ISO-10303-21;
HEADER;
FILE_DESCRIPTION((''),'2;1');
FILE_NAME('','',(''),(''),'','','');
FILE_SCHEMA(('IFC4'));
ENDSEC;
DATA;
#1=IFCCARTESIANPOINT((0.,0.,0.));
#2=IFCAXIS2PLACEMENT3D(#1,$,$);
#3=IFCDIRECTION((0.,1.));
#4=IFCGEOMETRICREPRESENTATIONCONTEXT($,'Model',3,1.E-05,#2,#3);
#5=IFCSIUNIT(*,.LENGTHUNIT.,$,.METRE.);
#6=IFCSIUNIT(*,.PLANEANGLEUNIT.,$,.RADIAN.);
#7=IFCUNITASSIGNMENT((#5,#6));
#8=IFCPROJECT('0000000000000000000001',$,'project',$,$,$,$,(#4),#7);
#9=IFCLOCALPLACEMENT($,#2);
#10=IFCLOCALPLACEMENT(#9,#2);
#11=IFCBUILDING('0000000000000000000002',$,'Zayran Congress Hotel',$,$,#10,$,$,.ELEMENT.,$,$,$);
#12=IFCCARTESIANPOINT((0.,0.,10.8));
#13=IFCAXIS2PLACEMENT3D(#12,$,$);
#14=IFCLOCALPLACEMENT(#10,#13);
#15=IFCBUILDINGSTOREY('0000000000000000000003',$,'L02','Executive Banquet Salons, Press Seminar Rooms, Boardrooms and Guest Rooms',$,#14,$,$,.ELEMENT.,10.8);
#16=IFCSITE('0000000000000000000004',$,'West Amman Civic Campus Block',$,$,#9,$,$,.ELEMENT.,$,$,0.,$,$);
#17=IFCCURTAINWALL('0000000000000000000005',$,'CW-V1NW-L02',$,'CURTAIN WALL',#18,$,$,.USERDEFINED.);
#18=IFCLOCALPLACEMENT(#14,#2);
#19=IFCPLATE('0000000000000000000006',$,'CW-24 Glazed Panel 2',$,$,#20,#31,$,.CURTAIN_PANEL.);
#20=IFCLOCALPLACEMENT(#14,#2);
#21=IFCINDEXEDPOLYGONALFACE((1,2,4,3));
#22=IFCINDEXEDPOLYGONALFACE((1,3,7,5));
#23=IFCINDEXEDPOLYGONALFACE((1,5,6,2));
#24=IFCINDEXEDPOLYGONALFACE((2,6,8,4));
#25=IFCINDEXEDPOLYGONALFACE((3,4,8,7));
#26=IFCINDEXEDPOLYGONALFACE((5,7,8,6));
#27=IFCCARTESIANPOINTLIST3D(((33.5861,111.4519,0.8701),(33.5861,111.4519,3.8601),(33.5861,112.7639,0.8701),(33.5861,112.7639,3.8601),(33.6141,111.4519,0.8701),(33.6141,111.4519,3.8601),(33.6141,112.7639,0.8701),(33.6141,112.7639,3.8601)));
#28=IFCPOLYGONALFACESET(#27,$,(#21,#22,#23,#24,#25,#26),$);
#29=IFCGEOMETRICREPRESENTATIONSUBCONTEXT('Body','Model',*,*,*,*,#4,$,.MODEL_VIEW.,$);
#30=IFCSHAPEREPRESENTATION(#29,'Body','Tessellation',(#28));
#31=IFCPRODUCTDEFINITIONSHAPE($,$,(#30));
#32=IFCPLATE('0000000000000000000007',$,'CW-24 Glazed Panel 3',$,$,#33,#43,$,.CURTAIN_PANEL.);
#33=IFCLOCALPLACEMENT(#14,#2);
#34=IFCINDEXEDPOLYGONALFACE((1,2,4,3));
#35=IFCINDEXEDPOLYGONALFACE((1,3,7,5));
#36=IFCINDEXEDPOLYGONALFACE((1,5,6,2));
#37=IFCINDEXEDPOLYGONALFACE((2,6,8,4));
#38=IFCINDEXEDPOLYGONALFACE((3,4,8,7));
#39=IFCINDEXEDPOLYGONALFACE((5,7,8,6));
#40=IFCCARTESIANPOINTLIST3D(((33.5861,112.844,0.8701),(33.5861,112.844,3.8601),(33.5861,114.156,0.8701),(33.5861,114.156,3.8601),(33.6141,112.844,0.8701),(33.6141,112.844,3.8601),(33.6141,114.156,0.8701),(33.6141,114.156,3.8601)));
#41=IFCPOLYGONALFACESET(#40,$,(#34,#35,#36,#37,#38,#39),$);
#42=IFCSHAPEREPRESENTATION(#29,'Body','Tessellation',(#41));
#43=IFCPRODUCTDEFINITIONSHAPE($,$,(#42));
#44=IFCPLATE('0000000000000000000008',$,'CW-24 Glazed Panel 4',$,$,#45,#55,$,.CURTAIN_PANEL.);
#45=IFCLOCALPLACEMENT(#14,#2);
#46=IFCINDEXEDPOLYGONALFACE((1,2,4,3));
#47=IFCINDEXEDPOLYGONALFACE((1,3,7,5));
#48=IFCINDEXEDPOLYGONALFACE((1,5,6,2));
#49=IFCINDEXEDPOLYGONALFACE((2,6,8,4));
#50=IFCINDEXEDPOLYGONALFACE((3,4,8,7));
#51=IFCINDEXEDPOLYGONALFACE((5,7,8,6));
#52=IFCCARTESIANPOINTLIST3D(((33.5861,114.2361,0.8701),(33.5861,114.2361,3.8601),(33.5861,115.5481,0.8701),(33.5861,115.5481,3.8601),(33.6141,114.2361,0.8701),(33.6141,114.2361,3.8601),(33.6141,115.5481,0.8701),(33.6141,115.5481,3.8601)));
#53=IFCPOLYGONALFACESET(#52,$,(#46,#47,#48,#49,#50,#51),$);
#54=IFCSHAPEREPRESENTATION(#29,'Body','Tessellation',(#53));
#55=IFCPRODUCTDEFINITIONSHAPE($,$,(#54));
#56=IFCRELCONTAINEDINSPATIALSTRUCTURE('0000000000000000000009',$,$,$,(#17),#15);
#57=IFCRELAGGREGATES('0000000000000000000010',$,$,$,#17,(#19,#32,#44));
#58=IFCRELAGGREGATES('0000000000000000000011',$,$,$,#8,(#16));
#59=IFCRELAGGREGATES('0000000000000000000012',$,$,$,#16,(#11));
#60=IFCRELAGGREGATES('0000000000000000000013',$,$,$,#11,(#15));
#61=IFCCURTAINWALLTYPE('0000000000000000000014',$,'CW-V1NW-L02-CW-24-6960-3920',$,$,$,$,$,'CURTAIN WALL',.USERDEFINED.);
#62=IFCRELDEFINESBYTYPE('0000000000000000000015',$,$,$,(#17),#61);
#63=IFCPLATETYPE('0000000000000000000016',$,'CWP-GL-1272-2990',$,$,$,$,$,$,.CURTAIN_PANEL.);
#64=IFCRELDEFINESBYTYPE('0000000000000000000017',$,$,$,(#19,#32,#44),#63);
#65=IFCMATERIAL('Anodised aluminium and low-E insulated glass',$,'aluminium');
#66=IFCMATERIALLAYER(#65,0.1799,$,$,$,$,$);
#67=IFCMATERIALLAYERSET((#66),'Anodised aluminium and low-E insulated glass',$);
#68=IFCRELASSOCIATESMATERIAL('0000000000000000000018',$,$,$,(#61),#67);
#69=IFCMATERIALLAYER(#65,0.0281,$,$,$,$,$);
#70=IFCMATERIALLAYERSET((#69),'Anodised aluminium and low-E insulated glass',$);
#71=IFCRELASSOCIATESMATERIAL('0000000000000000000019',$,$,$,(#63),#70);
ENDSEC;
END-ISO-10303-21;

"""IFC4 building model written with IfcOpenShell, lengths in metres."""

from ifc_helpers import new_model, si_unit, direction, frame, origin, origin_2d, place, context, subcontext, project, spatial, rectangle, extrude, material, layer, layer_set, type_object, element, aggregate, save


model = new_model("IFC4")

# Units and contexts
model_context = context("Model", 3, precision=1e-05, world=origin(), true_north=direction((0.0, 1.0)))
body_context = subcontext(model_context, "Body", "Model", "MODEL_VIEW")
ifc_project = project(units=[si_unit("LENGTHUNIT", "METRE"), si_unit("PLANEANGLEUNIT", "RADIAN")], contexts=[model_context])

# Site, building, storey
site_placement = place(None, origin())
site = spatial("IfcSite", under=ifc_project, at=site_placement, Name="West Amman Civic Campus Block", CompositionType="ELEMENT", RefElevation=0.0)
building_placement = place(site_placement, origin())
building = spatial("IfcBuilding", under=site, at=building_placement, Name="Zayran Congress Hotel", CompositionType="ELEMENT")
storey_placement = place(building_placement, frame((0.0, 0.0, 10.8)))
storey = spatial("IfcBuildingStorey", under=building, at=storey_placement, Name="L02", Description="Executive Banquet Salons, Press Seminar Rooms, Boardrooms and Guest Rooms", CompositionType="ELEMENT", Elevation=10.8)

# Curtain wall, plates
ifc_material_1 = material(Name="Anodised aluminium and low-E insulated glass", Category="aluminium")
ifc_layer_1 = layer(ifc_material_1, 0.1799)
ifc_layer_set_1 = layer_set([ifc_layer_1], Name="Anodised aluminium and low-E insulated glass")
curtain_wall_type = type_object("IfcCurtainWallType", Name="CW-V1NW-L02-CW-24-6960-3920", ElementType="CURTAIN WALL", PredefinedType="USERDEFINED", material=ifc_layer_set_1)
curtain_wall_placement = place(storey_placement, origin())
curtain_wall = element("IfcCurtainWall", 1, at=curtain_wall_placement, inside=storey, type_object=curtain_wall_type, Name="CW-V1NW-L02", ObjectType="CURTAIN WALL", PredefinedType="USERDEFINED")
ifc_layer_2 = layer(ifc_material_1, 0.0281)
ifc_layer_set_2 = layer_set([ifc_layer_2], Name="Anodised aluminium and low-E insulated glass")
plate_type_1 = type_object("IfcPlateType", Name="CWP-GL-1272-2990", PredefinedType="CURTAIN_PANEL", material=ifc_layer_set_2)
plate_1_placement = place(storey_placement, frame((33.6001, 112.1079, 0.8701), z_axis=(0.0, 0.0, 1.0), x_axis=(0.0, 1.0, 0.0)))
plate_1 = element("IfcPlate", 2, at=plate_1_placement, type_object=plate_type_1, Name="CW-24 Glazed Panel 2", PredefinedType="CURTAIN_PANEL", context=body_context, shape_type="SweptSolid", body=[
    extrude(rectangle(XDim=1.312, YDim=0.0281, at=origin_2d()), origin(), (0.0, 0.0, 1.0), 2.99),
])
plate_2_placement = place(storey_placement, frame((33.6001, 113.5, 0.8701), z_axis=(0.0, 0.0, 1.0), x_axis=(0.0, 1.0, 0.0)))
plate_2 = element("IfcPlate", 3, at=plate_2_placement, type_object=plate_type_1, Name="CW-24 Glazed Panel 3", PredefinedType="CURTAIN_PANEL", context=body_context, shape_type="SweptSolid", body=[
    extrude(rectangle(XDim=1.312, YDim=0.0281, at=origin_2d()), origin(), (0.0, 0.0, 1.0), 2.99),
])
plate_3_placement = place(storey_placement, frame((33.6001, 114.8921, 0.8701), z_axis=(0.0, 0.0, 1.0), x_axis=(0.0, 1.0, 0.0)))
plate_3 = element("IfcPlate", 4, at=plate_3_placement, type_object=plate_type_1, Name="CW-24 Glazed Panel 4", PredefinedType="CURTAIN_PANEL", context=body_context, shape_type="SweptSolid", body=[
    extrude(rectangle(XDim=1.312, YDim=0.0281, at=origin_2d()), origin(), (0.0, 0.0, 1.0), 2.99),
])
aggregate(curtain_wall, [plate_1, plate_2, plate_3])

save(model, "model.ifc")
